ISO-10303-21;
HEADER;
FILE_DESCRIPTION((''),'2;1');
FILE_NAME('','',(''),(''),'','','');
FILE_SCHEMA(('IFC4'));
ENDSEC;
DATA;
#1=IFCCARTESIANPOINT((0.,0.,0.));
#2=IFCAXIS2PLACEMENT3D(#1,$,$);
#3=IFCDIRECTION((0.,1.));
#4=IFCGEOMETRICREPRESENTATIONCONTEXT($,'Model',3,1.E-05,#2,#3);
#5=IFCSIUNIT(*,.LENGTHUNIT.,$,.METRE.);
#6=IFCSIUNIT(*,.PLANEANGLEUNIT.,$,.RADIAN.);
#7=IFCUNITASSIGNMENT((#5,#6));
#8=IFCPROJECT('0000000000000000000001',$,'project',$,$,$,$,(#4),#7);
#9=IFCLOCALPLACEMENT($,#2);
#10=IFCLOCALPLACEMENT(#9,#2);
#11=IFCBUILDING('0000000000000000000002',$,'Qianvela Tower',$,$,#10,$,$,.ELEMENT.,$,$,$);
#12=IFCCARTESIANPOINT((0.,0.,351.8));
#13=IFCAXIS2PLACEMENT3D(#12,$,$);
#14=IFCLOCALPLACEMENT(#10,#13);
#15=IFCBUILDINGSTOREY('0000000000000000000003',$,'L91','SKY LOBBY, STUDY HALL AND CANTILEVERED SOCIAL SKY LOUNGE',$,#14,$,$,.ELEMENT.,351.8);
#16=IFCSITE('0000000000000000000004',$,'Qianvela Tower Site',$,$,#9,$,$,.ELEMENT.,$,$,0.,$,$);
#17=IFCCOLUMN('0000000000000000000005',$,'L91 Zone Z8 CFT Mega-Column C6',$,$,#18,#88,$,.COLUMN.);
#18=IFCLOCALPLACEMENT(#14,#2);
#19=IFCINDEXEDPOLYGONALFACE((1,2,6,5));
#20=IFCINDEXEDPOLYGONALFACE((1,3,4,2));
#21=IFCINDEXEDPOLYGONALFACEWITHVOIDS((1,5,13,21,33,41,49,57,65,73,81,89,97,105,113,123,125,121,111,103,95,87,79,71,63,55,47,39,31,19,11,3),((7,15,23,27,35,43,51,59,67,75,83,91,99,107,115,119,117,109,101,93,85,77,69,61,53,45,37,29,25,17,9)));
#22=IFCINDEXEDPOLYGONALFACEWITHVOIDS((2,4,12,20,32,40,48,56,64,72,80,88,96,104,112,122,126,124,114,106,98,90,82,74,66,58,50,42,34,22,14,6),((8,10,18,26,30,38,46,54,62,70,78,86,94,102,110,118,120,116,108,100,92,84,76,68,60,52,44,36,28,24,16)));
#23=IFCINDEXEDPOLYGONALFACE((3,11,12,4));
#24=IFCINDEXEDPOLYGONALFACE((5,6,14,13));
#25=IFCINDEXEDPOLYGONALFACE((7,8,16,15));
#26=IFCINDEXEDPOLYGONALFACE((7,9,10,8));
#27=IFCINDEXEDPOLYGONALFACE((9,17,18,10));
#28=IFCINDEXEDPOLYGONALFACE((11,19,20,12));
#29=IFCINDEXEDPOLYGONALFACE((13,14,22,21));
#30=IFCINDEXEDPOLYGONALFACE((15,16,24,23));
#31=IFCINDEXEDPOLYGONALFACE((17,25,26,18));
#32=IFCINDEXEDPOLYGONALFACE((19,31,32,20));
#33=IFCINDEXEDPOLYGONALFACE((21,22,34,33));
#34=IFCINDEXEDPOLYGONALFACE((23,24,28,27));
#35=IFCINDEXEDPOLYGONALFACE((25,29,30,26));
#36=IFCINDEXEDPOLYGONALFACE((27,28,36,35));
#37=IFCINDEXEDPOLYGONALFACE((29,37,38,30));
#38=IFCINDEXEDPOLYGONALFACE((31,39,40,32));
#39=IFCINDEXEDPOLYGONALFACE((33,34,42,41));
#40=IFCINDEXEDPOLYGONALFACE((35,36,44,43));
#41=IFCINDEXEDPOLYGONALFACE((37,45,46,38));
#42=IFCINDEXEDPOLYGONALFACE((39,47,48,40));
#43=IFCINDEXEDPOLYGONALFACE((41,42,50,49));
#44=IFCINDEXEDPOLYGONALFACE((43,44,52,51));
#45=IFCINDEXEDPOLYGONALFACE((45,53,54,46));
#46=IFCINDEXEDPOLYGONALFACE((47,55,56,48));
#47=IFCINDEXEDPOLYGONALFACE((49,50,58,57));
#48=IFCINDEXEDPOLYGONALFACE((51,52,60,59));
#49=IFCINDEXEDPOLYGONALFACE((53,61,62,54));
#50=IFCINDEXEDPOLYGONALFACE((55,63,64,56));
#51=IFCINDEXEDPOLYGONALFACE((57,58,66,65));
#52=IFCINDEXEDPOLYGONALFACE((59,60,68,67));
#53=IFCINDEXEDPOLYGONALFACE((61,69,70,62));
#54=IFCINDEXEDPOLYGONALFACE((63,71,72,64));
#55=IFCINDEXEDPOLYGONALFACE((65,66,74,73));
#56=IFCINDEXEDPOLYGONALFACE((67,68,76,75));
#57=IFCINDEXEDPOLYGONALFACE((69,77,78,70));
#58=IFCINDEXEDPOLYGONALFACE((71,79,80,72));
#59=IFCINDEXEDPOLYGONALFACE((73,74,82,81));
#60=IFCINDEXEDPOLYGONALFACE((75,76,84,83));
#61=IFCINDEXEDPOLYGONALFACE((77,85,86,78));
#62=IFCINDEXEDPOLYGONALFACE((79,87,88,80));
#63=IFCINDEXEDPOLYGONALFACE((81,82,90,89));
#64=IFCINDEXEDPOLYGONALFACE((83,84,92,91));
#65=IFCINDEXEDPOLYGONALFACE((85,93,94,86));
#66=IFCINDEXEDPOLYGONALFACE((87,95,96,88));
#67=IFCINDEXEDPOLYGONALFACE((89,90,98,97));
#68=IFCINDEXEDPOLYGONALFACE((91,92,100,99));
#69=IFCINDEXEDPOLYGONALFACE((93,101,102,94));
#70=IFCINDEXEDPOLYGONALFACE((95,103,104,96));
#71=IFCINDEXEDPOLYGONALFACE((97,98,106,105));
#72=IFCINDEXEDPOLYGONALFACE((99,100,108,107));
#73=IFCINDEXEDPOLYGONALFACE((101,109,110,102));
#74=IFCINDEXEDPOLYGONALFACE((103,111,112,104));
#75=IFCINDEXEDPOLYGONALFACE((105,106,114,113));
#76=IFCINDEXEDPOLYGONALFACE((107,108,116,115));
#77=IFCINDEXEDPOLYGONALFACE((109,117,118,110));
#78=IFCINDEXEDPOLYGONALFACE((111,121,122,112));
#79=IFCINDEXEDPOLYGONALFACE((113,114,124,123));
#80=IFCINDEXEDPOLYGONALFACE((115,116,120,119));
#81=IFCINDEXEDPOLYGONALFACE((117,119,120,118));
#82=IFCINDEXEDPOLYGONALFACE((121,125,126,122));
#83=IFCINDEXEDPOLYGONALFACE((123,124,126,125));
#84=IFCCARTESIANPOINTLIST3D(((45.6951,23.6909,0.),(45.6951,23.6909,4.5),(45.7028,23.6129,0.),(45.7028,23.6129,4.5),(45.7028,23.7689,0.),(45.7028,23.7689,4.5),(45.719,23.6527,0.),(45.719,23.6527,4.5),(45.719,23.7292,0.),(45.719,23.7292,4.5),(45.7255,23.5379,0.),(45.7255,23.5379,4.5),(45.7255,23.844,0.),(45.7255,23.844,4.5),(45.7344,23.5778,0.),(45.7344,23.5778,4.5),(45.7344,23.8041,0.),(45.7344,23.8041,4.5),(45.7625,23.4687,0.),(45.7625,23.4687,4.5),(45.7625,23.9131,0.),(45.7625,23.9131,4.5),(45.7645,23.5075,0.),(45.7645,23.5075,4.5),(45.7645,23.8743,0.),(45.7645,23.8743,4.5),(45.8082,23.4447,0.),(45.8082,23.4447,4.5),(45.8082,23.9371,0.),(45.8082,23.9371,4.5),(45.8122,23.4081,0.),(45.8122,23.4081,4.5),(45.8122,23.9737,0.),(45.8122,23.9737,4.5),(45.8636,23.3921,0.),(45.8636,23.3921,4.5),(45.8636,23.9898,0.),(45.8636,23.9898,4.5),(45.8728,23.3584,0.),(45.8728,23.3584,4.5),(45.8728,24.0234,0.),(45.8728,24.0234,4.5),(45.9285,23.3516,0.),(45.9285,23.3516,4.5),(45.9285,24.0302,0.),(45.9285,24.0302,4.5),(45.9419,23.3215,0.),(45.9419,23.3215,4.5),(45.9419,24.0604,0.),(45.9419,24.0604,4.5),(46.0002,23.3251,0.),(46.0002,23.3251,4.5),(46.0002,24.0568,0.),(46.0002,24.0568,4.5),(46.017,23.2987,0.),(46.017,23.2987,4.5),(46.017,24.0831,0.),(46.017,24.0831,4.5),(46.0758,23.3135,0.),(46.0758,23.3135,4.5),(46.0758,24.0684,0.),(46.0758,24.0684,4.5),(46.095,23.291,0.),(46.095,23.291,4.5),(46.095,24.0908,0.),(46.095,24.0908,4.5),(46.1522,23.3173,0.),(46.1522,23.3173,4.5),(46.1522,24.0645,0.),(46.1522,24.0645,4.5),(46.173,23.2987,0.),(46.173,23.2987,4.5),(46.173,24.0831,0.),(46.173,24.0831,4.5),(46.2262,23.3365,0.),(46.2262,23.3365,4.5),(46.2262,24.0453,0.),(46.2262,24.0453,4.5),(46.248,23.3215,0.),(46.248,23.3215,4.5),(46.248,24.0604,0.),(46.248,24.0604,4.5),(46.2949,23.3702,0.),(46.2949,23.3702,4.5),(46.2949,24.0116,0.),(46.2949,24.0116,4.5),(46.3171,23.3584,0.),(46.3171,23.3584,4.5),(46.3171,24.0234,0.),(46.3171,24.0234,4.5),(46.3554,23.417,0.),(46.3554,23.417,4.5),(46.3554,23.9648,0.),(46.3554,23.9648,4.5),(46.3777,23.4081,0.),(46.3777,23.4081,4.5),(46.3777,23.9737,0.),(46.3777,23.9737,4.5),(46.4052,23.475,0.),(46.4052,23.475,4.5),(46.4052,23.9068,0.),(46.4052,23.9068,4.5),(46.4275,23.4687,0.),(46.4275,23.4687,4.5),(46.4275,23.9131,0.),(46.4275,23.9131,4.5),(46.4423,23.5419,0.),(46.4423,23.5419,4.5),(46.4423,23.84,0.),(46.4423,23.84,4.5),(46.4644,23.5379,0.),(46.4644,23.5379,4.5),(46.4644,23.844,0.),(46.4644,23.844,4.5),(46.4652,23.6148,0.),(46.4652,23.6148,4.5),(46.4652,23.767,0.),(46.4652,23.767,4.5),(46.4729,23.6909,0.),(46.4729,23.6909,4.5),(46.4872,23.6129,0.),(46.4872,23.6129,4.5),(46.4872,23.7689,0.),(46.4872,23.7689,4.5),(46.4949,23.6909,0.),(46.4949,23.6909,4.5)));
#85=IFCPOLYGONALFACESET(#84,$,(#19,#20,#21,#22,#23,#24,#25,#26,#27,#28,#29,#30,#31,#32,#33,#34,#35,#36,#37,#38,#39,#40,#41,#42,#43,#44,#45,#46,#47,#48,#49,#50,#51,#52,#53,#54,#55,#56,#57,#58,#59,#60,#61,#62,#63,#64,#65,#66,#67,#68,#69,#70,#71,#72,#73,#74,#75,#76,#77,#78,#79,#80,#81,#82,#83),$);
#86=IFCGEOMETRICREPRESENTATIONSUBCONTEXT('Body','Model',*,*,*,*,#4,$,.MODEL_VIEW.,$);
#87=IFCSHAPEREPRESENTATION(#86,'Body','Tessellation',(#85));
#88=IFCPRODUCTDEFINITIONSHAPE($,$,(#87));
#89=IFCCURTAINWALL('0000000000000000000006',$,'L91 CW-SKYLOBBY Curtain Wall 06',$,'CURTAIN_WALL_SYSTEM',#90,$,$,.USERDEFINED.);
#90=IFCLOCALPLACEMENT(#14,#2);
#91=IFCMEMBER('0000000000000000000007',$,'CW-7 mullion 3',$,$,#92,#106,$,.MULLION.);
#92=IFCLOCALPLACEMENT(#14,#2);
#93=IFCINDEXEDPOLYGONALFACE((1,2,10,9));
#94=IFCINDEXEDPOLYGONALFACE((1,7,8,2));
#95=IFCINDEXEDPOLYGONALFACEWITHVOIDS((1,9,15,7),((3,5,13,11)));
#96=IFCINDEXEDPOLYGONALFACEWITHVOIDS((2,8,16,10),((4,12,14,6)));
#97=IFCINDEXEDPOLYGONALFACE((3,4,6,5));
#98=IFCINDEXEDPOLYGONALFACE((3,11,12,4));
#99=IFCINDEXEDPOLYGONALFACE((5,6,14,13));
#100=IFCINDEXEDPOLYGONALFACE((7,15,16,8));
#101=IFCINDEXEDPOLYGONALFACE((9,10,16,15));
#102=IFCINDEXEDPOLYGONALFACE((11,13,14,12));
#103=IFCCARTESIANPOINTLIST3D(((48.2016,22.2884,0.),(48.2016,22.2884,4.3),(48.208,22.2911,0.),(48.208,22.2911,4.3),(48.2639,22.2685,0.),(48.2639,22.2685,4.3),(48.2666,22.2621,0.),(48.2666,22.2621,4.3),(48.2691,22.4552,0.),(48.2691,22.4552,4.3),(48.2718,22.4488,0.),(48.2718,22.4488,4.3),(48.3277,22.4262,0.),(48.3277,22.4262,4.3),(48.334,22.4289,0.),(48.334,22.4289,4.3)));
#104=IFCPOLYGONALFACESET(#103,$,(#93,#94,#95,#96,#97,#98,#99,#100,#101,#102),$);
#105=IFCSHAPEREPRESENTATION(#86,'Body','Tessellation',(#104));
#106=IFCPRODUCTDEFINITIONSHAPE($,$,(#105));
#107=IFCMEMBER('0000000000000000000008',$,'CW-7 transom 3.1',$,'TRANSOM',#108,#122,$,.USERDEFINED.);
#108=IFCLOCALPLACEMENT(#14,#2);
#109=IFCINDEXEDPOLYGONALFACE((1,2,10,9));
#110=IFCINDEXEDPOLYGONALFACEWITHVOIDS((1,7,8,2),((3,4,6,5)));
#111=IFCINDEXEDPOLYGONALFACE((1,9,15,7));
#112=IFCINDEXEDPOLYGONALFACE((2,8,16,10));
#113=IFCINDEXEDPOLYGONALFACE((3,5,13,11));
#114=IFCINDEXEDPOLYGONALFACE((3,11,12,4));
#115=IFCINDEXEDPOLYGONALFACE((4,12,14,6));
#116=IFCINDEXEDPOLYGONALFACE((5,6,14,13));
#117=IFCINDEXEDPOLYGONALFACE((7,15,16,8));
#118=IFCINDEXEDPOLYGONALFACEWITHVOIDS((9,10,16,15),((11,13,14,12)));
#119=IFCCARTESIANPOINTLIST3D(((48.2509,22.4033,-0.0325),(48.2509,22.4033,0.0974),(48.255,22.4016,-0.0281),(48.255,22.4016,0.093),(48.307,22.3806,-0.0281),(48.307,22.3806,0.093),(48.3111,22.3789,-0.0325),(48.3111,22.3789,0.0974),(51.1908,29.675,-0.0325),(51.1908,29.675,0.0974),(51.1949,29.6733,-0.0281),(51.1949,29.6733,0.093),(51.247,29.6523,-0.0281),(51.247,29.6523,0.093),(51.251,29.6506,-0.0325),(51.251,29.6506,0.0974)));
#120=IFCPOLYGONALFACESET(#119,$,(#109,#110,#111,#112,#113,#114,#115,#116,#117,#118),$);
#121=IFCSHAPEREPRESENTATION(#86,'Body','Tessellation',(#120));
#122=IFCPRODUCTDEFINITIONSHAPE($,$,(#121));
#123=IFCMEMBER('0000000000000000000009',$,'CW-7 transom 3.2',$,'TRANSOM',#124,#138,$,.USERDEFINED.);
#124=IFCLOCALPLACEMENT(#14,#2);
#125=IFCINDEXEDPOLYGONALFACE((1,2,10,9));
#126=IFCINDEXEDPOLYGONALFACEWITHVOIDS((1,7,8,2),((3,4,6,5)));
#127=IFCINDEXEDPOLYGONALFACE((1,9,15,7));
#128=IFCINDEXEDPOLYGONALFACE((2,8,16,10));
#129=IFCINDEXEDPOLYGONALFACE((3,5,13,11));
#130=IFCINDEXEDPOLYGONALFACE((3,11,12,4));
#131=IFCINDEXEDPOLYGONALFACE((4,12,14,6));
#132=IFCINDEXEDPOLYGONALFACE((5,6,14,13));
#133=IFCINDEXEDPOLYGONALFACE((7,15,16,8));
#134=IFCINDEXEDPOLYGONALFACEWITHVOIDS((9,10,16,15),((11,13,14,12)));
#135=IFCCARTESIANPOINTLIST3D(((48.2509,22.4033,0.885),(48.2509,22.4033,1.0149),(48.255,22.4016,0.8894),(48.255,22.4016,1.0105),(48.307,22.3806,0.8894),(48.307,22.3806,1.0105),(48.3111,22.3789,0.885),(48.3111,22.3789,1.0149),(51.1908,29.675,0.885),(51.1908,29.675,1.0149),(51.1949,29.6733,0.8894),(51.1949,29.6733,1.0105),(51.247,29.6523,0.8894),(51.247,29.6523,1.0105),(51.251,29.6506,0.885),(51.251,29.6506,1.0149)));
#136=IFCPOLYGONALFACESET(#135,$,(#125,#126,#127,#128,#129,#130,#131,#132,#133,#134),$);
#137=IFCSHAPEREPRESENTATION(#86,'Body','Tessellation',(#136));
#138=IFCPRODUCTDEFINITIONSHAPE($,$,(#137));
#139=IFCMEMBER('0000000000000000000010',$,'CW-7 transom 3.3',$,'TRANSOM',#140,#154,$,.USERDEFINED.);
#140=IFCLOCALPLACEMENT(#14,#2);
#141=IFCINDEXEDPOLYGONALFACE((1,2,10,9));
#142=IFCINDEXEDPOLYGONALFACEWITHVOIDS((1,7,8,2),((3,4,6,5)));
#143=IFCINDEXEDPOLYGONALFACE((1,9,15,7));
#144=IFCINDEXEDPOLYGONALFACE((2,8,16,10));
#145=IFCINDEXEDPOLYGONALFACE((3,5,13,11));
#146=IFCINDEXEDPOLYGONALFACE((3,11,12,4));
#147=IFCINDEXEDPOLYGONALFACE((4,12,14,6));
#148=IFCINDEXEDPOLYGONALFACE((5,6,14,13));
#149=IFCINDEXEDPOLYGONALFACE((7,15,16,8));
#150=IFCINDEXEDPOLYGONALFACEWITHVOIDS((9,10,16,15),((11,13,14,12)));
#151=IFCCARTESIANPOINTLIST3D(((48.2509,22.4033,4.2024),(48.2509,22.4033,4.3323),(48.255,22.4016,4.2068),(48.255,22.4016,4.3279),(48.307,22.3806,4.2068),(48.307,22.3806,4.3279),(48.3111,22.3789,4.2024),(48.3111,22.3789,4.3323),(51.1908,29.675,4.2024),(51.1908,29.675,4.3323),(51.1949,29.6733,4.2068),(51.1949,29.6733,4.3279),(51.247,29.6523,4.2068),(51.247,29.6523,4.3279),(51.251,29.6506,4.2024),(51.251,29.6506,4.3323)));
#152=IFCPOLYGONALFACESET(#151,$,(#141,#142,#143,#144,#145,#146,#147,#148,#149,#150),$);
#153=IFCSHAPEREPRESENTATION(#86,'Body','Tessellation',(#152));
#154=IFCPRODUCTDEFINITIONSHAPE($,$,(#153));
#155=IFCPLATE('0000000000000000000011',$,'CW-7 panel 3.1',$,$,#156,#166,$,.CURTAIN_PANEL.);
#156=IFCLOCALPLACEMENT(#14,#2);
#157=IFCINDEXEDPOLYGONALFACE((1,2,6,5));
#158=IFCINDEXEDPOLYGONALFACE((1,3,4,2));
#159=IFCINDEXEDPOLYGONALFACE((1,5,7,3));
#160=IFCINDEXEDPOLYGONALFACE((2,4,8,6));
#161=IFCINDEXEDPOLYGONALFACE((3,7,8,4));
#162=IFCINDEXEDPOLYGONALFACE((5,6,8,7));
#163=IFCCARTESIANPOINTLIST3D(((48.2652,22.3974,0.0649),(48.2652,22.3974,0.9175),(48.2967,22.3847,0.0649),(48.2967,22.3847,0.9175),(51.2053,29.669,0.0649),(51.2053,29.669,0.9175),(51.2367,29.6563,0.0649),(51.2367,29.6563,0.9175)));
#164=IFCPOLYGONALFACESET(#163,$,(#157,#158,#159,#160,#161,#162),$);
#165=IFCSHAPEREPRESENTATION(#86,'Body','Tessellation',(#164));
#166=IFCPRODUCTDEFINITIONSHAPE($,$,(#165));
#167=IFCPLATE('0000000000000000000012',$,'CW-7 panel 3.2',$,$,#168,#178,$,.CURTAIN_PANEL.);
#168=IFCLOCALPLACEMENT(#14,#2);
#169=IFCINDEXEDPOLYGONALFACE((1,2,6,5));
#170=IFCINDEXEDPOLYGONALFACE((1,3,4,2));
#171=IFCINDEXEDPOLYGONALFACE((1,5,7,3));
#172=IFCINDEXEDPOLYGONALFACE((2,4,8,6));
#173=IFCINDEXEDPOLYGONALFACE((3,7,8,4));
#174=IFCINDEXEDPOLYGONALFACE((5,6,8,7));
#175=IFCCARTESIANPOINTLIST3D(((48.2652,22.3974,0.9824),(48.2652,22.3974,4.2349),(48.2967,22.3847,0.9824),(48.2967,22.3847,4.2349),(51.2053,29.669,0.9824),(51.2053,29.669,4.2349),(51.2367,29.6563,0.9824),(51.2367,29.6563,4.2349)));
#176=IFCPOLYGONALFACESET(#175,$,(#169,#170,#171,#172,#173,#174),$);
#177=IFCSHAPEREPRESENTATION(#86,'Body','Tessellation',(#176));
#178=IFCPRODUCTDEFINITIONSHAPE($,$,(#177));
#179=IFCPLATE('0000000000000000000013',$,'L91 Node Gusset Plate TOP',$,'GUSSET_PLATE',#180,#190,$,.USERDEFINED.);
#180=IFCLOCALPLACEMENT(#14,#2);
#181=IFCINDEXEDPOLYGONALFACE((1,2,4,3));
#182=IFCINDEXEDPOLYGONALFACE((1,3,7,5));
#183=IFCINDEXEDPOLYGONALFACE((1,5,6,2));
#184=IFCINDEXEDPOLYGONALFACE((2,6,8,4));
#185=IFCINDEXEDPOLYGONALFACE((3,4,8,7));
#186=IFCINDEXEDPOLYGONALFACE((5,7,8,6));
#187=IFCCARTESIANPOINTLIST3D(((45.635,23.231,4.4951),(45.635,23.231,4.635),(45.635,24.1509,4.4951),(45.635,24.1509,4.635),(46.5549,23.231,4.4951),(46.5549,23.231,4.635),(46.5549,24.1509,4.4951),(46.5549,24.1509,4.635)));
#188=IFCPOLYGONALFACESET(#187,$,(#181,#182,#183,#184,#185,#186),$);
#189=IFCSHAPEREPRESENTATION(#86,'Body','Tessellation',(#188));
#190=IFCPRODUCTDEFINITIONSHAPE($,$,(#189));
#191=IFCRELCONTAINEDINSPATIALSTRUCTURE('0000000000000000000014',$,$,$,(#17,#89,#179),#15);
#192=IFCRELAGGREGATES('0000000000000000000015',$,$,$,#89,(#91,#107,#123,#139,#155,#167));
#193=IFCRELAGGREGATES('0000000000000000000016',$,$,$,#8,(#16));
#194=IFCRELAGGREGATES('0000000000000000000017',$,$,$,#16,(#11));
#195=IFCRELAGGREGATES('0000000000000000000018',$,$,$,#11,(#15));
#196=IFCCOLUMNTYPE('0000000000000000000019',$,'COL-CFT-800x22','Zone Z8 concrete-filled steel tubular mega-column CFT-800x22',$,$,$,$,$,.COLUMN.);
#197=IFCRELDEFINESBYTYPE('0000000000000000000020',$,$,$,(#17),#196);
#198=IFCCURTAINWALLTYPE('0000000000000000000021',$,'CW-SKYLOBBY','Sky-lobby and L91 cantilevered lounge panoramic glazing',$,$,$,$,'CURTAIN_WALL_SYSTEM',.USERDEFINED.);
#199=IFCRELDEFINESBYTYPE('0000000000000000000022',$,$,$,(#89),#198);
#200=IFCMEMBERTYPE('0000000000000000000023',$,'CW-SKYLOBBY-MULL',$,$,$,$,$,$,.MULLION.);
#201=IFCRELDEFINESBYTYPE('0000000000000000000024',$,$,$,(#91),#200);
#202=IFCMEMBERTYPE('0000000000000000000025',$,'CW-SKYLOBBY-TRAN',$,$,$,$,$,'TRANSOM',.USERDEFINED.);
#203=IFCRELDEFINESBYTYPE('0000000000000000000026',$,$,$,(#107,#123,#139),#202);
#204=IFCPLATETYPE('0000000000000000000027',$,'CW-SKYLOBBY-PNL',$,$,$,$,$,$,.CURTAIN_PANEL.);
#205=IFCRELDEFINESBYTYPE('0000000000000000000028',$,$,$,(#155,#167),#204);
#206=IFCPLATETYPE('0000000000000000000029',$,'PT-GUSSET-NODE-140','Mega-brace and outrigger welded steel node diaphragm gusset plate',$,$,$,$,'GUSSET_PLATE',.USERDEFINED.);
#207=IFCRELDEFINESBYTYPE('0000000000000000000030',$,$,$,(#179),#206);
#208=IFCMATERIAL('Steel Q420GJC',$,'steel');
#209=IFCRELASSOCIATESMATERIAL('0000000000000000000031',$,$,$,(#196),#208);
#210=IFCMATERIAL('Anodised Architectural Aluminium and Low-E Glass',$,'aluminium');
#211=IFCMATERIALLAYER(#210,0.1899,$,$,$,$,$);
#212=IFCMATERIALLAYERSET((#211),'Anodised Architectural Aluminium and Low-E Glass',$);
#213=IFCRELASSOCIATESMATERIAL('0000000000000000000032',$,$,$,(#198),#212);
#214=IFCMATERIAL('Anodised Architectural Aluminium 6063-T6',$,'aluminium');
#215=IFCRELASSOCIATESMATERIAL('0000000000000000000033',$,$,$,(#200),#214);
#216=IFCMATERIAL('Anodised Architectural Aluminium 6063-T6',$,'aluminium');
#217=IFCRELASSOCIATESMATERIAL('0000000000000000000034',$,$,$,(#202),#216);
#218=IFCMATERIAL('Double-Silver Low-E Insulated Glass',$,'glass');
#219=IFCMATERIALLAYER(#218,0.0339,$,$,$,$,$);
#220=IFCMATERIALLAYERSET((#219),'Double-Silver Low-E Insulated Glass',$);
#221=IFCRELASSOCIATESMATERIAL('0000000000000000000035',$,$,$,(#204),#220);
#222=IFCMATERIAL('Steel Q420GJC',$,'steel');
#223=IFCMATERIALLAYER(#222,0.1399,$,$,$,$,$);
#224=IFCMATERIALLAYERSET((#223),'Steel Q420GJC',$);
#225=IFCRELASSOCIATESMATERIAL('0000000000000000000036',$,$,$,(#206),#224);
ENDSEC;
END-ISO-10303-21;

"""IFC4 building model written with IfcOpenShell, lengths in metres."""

from ifc_helpers import new_model, si_unit, direction, frame, origin, origin_2d, place, context, subcontext, project, spatial, rectangle, hollow_rectangle, hollow_circle, extrude, material, layer, layer_set, material_profile, profile_set, type_object, element, aggregate, save


model = new_model("IFC4")

# Units and contexts
model_context = context("Model", 3, precision=1e-05, world=origin(), true_north=direction((0.0, 1.0)))
body_context = subcontext(model_context, "Body", "Model", "MODEL_VIEW")
ifc_project = project(units=[si_unit("LENGTHUNIT", "METRE"), si_unit("PLANEANGLEUNIT", "RADIAN")], contexts=[model_context])

# Site, building, storey
site_placement = place(None, origin())
site = spatial("IfcSite", under=ifc_project, at=site_placement, Name="Qianvela Tower Site", CompositionType="ELEMENT", RefElevation=0.0)
building_placement = place(site_placement, origin())
building = spatial("IfcBuilding", under=site, at=building_placement, Name="Qianvela Tower", CompositionType="ELEMENT")
storey_placement = place(building_placement, frame((0.0, 0.0, 351.8)))
storey = spatial("IfcBuildingStorey", under=building, at=storey_placement, Name="L91", Description="SKY LOBBY, STUDY HALL AND CANTILEVERED SOCIAL SKY LOUNGE", CompositionType="ELEMENT", Elevation=351.8)

# Column
ifc_material_1 = material(Name="Steel Q420GJC", Category="steel")
ifc_material_profile_1 = material_profile(ifc_material_1, hollow_circle(Radius=0.3999, WallThickness=0.022, at=origin_2d()), Name="CFT-800x22")
ifc_profile_set_1 = profile_set([ifc_material_profile_1], Name="Steel Q420GJC")
column_type = type_object("IfcColumnType", Name="COL-CFT-800x22", Description="Zone Z8 concrete-filled steel tubular mega-column CFT-800x22", PredefinedType="COLUMN", material=ifc_profile_set_1)
column_placement = place(storey_placement, frame((46.095, 23.6909, 0.0), z_axis=(0.0, 0.0, 1.0), x_axis=(1.0, 0.0, 0.0)))
element("IfcColumn", 1, at=column_placement, inside=storey, type_object=column_type, Name="L91 Zone Z8 CFT Mega-Column C6", PredefinedType="COLUMN", context=body_context, shape_type="SweptSolid", body=[
    extrude(hollow_circle(Radius=0.3999, WallThickness=0.022, at=origin_2d()), origin(), (0.0, 0.0, 1.0), 4.5),
])

# Curtain wall, members, plates
ifc_material_2 = material(Name="Anodised Architectural Aluminium and Low-E Glass", Category="aluminium")
ifc_layer_1 = layer(ifc_material_2, 0.1899)
ifc_layer_set_1 = layer_set([ifc_layer_1], Name="Anodised Architectural Aluminium and Low-E Glass")
curtain_wall_type = type_object("IfcCurtainWallType", Name="CW-SKYLOBBY", Description="Sky-lobby and L91 cantilevered lounge panoramic glazing", ElementType="CURTAIN_WALL_SYSTEM", PredefinedType="USERDEFINED", material=ifc_layer_set_1)
curtain_wall_placement = place(storey_placement, origin())
curtain_wall = element("IfcCurtainWall", 2, at=curtain_wall_placement, inside=storey, type_object=curtain_wall_type, Name="L91 CW-SKYLOBBY Curtain Wall 06", ObjectType="CURTAIN_WALL_SYSTEM", PredefinedType="USERDEFINED")
ifc_material_3 = material(Name="Anodised Architectural Aluminium 6063-T6", Category="aluminium")
ifc_material_profile_2 = material_profile(ifc_material_3, hollow_rectangle(XDim=0.0701, YDim=0.1799, WallThickness=0.0049, at=origin_2d()), Name="ALU-MULL-70x180")
ifc_profile_set_2 = profile_set([ifc_material_profile_2], Name="Anodised Architectural Aluminium 6063-T6")
member_type_1 = type_object("IfcMemberType", Name="CW-SKYLOBBY-MULL", PredefinedType="MULLION", material=ifc_profile_set_2)
member_1_placement = place(storey_placement, frame((48.2678, 22.3586, 0.0), z_axis=(0.0, 0.0, 1.0), x_axis=(-0.927092, 0.374834, 0.0)))
member_1 = element("IfcMember", 3, at=member_1_placement, type_object=member_type_1, Name="CW-7 mullion 3", PredefinedType="MULLION", context=body_context, shape_type="SweptSolid", body=[
    extrude(hollow_rectangle(XDim=0.0701, YDim=0.1799, WallThickness=0.0049, at=origin_2d()), origin(), (0.0, 0.0, 1.0), 4.3),
])
ifc_material_4 = material(Name="Anodised Architectural Aluminium 6063-T6", Category="aluminium")
ifc_material_profile_3 = material_profile(ifc_material_4, hollow_rectangle(XDim=0.0649, YDim=0.1299, WallThickness=0.0044, at=origin_2d()), Name="ALU-TRAN-65x130")
ifc_profile_set_3 = profile_set([ifc_material_profile_3], Name="Anodised Architectural Aluminium 6063-T6")
member_type_2 = type_object("IfcMemberType", Name="CW-SKYLOBBY-TRAN", ElementType="TRANSOM", PredefinedType="USERDEFINED", material=ifc_profile_set_3)
member_2_placement = place(storey_placement, frame((48.281, 22.3911, 0.0325), z_axis=(0.374823, 0.927096, 0.0), x_axis=(-0.927096, 0.374823, 0.0)))
member_2 = element("IfcMember", 4, at=member_2_placement, type_object=member_type_2, Name="CW-7 transom 3.1", ObjectType="TRANSOM", PredefinedType="USERDEFINED", context=body_context, shape_type="SweptSolid", body=[
    extrude(hollow_rectangle(XDim=0.0649, YDim=0.1299, WallThickness=0.0044, at=origin_2d()), origin(), (0.0, 0.0, 1.0), 7.8435),
])
member_3_placement = place(storey_placement, frame((48.281, 22.3911, 0.95), z_axis=(0.374823, 0.927096, 0.0), x_axis=(-0.927096, 0.374823, 0.0)))
member_3 = element("IfcMember", 5, at=member_3_placement, type_object=member_type_2, Name="CW-7 transom 3.2", ObjectType="TRANSOM", PredefinedType="USERDEFINED", context=body_context, shape_type="SweptSolid", body=[
    extrude(hollow_rectangle(XDim=0.0649, YDim=0.1299, WallThickness=0.0044, at=origin_2d()), origin(), (0.0, 0.0, 1.0), 7.8435),
])
member_4_placement = place(storey_placement, frame((48.281, 22.3911, 4.2673), z_axis=(0.374823, 0.927096, 0.0), x_axis=(-0.927096, 0.374823, 0.0)))
member_4 = element("IfcMember", 6, at=member_4_placement, type_object=member_type_2, Name="CW-7 transom 3.3", ObjectType="TRANSOM", PredefinedType="USERDEFINED", context=body_context, shape_type="SweptSolid", body=[
    extrude(hollow_rectangle(XDim=0.0649, YDim=0.1299, WallThickness=0.0044, at=origin_2d()), origin(), (0.0, 0.0, 1.0), 7.8435),
])
ifc_material_5 = material(Name="Double-Silver Low-E Insulated Glass", Category="glass")
ifc_layer_2 = layer(ifc_material_5, 0.0339)
ifc_layer_set_2 = layer_set([ifc_layer_2], Name="Double-Silver Low-E Insulated Glass")
plate_type_1 = type_object("IfcPlateType", Name="CW-SKYLOBBY-PNL", PredefinedType="CURTAIN_PANEL", material=ifc_layer_set_2)
plate_1_placement = place(storey_placement, frame((49.751, 26.0269, 0.0649), z_axis=(0.0, 0.0, 1.0), x_axis=(0.374834, 0.927092, 0.0)))
plate_1 = element("IfcPlate", 7, at=plate_1_placement, type_object=plate_type_1, Name="CW-7 panel 3.1", PredefinedType="CURTAIN_PANEL", context=body_context, shape_type="SweptSolid", body=[
    extrude(rectangle(XDim=7.8435, YDim=0.0339, at=origin_2d()), origin(), (0.0, 0.0, 1.0), 0.8525),
])
plate_2_placement = place(storey_placement, frame((49.751, 26.0269, 0.9824), z_axis=(0.0, 0.0, 1.0), x_axis=(0.374834, 0.927092, 0.0)))
plate_2 = element("IfcPlate", 8, at=plate_2_placement, type_object=plate_type_1, Name="CW-7 panel 3.2", PredefinedType="CURTAIN_PANEL", context=body_context, shape_type="SweptSolid", body=[
    extrude(rectangle(XDim=7.8435, YDim=0.0339, at=origin_2d()), origin(), (0.0, 0.0, 1.0), 3.2524),
])
aggregate(curtain_wall, [member_1, member_2, member_3, member_4, plate_1, plate_2])

# Plate
ifc_material_6 = material(Name="Steel Q420GJC", Category="steel")
ifc_layer_3 = layer(ifc_material_6, 0.1399)
ifc_layer_set_3 = layer_set([ifc_layer_3], Name="Steel Q420GJC")
plate_type_2 = type_object("IfcPlateType", Name="PT-GUSSET-NODE-140", Description="Mega-brace and outrigger welded steel node diaphragm gusset plate", ElementType="GUSSET_PLATE", PredefinedType="USERDEFINED", material=ifc_layer_set_3)
plate_3_placement = place(storey_placement, frame((46.095, 23.6909, 4.4951), z_axis=(0.0, 0.0, 1.0), x_axis=(1.0, 0.0, 0.0)))
element("IfcPlate", 9, at=plate_3_placement, inside=storey, type_object=plate_type_2, Name="L91 Node Gusset Plate TOP", ObjectType="GUSSET_PLATE", PredefinedType="USERDEFINED", context=body_context, shape_type="SweptSolid", body=[
    extrude(rectangle(XDim=0.9199, YDim=0.9199, at=origin_2d()), origin(), (0.0, 0.0, 1.0), 0.1399),
])

save(model, "model.ifc")
